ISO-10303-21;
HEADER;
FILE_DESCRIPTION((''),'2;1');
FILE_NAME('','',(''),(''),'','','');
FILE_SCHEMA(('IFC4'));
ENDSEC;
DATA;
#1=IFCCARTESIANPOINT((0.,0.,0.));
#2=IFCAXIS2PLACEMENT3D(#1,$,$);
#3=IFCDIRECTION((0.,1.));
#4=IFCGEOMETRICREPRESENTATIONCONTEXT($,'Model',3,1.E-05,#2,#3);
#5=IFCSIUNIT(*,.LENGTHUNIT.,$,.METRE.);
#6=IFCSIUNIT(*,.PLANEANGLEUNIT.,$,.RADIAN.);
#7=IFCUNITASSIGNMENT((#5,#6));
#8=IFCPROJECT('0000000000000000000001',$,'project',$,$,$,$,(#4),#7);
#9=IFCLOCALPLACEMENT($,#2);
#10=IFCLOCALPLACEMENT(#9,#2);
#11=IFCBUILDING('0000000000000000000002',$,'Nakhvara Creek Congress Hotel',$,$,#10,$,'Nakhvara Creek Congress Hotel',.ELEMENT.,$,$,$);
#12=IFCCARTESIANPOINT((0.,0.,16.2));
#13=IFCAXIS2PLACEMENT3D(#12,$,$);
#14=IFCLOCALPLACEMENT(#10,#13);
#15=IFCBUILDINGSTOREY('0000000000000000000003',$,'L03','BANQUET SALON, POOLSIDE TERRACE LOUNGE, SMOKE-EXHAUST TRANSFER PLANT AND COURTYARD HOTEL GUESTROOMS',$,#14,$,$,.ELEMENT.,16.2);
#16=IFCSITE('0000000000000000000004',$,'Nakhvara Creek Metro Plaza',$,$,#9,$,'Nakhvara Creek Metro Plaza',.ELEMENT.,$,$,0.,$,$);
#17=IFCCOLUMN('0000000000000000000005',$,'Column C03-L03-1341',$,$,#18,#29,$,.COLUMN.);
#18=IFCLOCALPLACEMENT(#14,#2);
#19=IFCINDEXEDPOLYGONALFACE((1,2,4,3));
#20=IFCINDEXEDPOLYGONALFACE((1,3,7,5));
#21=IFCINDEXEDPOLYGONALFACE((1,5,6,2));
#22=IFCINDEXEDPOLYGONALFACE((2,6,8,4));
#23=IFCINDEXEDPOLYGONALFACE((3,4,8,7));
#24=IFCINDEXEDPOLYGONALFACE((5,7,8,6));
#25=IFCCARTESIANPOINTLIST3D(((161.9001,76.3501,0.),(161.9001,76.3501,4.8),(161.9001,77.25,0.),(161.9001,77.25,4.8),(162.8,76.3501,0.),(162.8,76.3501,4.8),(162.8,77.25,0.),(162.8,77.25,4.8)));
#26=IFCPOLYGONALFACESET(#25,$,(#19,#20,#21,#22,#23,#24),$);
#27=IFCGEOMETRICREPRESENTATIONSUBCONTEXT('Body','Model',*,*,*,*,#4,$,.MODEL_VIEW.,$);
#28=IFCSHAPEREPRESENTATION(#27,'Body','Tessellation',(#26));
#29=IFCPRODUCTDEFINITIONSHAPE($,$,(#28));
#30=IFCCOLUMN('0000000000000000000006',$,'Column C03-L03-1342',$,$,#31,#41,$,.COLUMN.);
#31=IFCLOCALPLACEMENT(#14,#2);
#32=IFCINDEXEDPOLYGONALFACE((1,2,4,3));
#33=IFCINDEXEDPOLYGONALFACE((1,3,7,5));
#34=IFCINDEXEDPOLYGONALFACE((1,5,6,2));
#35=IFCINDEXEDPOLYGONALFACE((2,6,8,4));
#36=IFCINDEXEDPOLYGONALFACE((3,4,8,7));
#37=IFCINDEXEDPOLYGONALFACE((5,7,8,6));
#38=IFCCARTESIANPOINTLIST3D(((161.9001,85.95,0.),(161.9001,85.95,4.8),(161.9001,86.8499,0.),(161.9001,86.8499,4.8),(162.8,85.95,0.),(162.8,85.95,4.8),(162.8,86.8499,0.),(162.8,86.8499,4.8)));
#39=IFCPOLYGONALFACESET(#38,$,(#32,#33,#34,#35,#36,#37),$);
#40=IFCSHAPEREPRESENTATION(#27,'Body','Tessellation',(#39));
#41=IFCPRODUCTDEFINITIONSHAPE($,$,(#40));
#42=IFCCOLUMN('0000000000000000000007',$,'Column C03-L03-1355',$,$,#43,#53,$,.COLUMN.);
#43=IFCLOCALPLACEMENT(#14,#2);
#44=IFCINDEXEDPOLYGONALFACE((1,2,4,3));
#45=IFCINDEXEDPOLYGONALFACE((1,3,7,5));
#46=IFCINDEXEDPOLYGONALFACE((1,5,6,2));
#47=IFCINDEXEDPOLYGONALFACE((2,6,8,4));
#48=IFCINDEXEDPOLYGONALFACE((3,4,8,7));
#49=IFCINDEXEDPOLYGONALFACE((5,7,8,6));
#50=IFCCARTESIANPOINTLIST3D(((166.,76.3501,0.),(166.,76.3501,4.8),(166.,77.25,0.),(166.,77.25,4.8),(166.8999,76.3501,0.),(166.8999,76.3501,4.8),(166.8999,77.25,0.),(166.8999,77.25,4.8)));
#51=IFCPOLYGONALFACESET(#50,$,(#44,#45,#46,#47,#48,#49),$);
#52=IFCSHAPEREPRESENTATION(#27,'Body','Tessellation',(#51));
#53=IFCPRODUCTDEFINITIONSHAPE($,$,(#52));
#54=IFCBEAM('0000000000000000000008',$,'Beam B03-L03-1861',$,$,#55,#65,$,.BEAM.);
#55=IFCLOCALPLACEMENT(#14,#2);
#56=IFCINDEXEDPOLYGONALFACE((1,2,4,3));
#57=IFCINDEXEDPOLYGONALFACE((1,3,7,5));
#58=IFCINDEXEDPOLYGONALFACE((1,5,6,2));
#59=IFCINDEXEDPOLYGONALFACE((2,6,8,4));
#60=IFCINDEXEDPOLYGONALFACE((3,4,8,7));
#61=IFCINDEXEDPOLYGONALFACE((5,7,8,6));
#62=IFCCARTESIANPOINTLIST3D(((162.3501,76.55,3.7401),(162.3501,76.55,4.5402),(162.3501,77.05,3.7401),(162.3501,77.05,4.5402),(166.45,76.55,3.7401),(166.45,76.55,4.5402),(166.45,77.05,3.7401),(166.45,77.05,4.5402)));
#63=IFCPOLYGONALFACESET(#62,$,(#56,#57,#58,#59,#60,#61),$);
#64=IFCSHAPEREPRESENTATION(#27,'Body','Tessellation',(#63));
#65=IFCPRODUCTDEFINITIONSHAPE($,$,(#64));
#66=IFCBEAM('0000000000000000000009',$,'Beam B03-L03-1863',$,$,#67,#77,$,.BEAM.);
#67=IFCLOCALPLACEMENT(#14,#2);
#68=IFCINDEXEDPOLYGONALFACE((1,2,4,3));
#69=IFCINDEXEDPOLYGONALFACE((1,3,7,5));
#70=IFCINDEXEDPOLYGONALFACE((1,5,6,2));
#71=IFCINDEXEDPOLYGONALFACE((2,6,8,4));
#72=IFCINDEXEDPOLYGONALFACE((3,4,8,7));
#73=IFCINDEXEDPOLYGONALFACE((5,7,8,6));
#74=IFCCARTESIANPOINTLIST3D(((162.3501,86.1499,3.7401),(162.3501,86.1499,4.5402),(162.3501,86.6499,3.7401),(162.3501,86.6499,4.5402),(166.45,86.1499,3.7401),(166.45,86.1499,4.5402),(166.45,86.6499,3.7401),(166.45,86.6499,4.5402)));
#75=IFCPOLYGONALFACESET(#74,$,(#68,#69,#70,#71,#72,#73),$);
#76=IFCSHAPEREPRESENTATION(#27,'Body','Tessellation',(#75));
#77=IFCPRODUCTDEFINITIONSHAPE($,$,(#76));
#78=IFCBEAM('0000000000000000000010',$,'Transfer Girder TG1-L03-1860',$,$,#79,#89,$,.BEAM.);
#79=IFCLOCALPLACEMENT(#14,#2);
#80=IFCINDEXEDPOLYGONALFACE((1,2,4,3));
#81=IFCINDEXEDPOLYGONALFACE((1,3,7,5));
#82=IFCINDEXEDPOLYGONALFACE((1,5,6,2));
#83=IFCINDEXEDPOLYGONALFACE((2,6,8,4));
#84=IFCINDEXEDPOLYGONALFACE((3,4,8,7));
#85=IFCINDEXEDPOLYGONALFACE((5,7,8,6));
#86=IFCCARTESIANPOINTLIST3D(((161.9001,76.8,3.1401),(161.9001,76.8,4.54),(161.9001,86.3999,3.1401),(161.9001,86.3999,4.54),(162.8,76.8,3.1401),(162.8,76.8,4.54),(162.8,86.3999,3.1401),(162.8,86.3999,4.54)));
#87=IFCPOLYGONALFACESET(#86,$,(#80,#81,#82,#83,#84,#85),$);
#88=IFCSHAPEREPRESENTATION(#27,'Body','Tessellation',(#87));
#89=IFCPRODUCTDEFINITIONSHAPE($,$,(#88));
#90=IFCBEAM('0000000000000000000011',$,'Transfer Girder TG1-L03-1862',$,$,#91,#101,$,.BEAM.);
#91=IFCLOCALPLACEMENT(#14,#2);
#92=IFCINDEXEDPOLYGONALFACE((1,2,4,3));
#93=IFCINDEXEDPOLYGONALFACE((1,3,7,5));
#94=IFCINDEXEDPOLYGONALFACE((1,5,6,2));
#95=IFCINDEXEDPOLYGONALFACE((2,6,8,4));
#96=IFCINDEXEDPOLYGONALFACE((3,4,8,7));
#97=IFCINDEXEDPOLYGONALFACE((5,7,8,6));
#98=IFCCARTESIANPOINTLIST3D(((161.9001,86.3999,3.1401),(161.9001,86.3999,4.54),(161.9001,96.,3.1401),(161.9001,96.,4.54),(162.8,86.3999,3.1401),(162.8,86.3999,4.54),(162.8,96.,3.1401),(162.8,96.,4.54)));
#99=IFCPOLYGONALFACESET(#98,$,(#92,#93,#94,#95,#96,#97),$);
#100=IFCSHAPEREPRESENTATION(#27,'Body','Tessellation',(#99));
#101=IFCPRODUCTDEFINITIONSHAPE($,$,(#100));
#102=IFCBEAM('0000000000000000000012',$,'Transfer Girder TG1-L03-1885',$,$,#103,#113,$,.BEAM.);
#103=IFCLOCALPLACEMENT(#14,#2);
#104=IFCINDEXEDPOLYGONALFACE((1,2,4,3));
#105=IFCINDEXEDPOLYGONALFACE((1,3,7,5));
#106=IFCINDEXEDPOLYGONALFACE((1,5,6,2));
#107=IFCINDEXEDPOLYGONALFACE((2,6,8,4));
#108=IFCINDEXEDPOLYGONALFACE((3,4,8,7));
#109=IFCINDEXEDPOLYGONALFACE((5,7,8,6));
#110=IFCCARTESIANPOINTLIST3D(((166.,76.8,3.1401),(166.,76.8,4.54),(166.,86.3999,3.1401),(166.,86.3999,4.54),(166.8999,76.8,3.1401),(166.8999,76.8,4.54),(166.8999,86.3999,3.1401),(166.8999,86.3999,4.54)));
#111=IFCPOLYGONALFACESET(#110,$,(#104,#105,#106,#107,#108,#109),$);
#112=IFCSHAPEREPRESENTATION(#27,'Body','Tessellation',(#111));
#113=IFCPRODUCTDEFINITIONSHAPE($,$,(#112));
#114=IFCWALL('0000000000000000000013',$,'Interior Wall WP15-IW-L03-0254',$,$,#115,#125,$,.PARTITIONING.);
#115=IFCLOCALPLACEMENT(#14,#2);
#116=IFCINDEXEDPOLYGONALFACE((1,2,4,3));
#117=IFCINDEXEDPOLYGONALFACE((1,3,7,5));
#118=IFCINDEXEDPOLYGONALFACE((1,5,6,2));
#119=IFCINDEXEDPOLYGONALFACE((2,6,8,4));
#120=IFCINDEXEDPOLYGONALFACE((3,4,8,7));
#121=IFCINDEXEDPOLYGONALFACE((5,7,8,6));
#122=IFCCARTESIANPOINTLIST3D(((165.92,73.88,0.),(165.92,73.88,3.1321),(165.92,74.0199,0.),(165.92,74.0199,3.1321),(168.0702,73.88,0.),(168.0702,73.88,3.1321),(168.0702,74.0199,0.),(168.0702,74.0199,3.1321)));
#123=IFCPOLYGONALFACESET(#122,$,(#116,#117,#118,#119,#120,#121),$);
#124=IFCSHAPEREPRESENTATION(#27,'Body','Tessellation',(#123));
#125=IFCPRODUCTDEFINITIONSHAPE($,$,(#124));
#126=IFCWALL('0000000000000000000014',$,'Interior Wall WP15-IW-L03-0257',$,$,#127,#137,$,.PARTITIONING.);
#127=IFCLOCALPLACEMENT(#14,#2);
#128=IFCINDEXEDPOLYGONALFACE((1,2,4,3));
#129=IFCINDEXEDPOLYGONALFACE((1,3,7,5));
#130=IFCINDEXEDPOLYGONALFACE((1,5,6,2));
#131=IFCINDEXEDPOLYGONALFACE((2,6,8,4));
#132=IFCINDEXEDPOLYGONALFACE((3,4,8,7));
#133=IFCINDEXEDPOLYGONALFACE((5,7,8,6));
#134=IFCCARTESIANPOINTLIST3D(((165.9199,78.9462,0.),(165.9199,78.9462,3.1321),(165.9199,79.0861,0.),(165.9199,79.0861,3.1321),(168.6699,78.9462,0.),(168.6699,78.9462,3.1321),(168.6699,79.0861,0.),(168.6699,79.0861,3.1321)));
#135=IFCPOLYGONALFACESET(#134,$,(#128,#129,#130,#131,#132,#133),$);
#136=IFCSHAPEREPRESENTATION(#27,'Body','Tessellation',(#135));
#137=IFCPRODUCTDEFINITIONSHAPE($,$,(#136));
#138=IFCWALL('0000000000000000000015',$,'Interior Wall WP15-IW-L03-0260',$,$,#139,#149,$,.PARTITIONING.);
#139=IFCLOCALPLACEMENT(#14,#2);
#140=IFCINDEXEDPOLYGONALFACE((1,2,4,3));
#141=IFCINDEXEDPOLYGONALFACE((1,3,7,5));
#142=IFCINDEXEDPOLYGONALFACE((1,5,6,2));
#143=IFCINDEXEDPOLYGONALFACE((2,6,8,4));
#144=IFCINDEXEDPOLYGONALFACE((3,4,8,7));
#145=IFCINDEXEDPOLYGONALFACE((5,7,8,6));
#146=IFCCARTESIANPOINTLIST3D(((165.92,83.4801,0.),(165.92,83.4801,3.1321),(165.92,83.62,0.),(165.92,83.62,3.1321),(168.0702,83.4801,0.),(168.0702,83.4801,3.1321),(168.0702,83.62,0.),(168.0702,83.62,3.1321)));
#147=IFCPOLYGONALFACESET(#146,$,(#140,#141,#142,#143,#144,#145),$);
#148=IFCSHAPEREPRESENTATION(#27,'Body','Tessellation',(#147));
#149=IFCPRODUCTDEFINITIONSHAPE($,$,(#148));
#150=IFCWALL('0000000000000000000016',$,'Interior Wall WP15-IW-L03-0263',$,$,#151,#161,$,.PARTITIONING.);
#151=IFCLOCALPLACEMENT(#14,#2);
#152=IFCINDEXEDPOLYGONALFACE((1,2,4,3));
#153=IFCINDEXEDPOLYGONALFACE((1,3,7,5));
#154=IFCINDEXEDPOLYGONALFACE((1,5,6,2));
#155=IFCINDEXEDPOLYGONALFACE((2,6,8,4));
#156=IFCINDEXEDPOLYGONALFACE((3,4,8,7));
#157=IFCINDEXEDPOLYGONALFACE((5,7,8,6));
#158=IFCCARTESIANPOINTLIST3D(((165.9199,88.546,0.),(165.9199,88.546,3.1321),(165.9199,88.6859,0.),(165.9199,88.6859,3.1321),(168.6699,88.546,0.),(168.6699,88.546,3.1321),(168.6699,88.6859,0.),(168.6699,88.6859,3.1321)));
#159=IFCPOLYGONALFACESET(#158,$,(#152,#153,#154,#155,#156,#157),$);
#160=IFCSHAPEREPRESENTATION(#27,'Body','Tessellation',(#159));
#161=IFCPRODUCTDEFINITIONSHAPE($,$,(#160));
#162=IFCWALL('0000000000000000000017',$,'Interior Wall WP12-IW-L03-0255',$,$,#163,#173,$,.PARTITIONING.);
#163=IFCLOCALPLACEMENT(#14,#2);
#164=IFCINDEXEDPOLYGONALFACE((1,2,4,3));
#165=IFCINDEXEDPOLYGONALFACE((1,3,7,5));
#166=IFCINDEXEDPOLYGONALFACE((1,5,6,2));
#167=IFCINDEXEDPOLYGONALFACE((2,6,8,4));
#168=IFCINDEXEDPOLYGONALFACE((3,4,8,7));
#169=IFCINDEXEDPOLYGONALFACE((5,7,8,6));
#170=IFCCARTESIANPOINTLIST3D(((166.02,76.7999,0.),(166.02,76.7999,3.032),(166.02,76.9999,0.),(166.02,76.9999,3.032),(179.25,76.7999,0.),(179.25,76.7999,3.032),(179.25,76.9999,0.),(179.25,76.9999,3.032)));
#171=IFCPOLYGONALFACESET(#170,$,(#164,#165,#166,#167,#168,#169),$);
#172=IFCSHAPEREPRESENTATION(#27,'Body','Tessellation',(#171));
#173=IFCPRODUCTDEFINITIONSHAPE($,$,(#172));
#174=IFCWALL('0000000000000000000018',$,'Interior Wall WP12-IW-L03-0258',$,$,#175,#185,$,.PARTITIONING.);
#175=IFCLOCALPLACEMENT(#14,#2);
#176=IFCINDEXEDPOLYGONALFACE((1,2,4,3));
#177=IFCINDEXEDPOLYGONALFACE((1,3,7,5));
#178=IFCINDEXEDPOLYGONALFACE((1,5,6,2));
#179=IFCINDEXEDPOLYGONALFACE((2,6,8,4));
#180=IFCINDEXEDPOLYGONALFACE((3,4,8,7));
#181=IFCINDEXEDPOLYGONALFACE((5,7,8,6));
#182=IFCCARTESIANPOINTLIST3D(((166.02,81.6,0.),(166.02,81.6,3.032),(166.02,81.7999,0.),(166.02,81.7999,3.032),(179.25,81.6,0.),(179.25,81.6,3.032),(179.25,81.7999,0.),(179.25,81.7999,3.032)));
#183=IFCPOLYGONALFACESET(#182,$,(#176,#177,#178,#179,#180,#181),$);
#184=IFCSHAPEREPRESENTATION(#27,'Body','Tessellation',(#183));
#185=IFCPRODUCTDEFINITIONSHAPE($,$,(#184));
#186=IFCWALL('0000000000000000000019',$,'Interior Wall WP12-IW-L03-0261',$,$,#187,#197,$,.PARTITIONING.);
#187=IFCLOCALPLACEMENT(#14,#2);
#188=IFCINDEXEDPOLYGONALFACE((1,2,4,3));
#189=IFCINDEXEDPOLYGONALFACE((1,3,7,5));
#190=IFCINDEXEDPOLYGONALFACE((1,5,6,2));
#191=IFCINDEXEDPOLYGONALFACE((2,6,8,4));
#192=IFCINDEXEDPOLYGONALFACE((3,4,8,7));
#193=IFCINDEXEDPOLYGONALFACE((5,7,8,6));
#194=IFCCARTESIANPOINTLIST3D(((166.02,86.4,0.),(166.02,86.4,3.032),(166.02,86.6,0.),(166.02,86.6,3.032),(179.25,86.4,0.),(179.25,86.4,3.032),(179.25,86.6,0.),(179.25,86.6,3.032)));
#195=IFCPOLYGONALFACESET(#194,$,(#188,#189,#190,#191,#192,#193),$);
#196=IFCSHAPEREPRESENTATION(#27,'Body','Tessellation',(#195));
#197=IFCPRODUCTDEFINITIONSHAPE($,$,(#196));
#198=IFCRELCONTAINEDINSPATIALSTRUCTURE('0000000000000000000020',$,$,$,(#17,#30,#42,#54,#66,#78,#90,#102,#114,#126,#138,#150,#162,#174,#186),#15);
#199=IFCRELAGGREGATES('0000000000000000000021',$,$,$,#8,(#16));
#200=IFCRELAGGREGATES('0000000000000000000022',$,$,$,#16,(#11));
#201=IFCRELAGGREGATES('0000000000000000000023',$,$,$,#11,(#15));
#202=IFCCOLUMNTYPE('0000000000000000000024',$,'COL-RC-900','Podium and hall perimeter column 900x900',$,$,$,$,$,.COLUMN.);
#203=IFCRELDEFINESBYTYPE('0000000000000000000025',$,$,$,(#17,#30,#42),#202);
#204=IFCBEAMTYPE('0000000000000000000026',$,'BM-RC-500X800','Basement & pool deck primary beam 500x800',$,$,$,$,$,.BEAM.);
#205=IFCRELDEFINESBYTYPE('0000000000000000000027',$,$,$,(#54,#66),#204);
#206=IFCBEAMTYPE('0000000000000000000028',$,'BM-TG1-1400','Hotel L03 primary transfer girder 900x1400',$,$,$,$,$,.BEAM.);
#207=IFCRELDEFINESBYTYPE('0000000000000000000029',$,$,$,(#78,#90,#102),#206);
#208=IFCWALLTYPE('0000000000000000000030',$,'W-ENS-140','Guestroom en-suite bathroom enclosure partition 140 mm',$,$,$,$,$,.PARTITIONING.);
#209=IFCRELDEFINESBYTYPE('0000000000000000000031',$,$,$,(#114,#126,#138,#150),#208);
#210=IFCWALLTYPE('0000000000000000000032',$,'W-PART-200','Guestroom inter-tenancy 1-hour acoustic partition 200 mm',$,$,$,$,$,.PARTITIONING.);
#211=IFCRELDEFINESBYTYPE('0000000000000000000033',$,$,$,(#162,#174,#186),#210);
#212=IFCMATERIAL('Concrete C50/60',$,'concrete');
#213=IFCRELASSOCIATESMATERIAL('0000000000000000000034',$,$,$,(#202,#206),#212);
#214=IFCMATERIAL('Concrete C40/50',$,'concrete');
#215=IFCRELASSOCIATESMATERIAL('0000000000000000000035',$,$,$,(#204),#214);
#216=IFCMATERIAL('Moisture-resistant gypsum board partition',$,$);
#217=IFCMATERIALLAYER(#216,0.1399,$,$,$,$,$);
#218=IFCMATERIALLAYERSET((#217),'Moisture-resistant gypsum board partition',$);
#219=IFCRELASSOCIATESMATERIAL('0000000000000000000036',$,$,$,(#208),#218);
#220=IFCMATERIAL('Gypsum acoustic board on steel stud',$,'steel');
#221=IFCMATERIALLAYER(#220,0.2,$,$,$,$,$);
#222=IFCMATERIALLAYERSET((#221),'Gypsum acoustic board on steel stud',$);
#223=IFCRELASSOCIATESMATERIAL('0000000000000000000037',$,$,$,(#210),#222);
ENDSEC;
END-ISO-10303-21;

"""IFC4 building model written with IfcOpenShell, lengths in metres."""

from ifc_helpers import new_model, si_unit, direction, frame, frame_2d, origin, origin_2d, place, context, subcontext, project, spatial, rectangle, extrude, material, layer, layer_set, material_profile, profile_set, type_object, element, save


model = new_model("IFC4")

# Units and contexts
model_context = context("Model", 3, precision=1e-05, world=origin(), true_north=direction((0.0, 1.0)))
body_context = subcontext(model_context, "Body", "Model", "MODEL_VIEW")
ifc_project = project(units=[si_unit("LENGTHUNIT", "METRE"), si_unit("PLANEANGLEUNIT", "RADIAN")], contexts=[model_context])

# Site, building, storey
site_placement = place(None, origin())
site = spatial("IfcSite", under=ifc_project, at=site_placement, Name="Nakhvara Creek Metro Plaza", LongName="Nakhvara Creek Metro Plaza", CompositionType="ELEMENT", RefElevation=0.0)
building_placement = place(site_placement, origin())
building = spatial("IfcBuilding", under=site, at=building_placement, Name="Nakhvara Creek Congress Hotel", LongName="Nakhvara Creek Congress Hotel", CompositionType="ELEMENT")
storey_placement = place(building_placement, frame((0.0, 0.0, 16.2)))
storey = spatial("IfcBuildingStorey", under=building, at=storey_placement, Name="L03", Description="BANQUET SALON, POOLSIDE TERRACE LOUNGE, SMOKE-EXHAUST TRANSFER PLANT AND COURTYARD HOTEL GUESTROOMS", CompositionType="ELEMENT", Elevation=16.2)

# Columns
ifc_material_1 = material(Name="Concrete C50/60", Category="concrete")
ifc_material_profile_1 = material_profile(ifc_material_1, rectangle(XDim=0.8999, YDim=0.8999, at=origin_2d()), Name="RC-COL 900x900", Category="LoadBearing")
ifc_profile_set_1 = profile_set([ifc_material_profile_1], Name="Concrete C50/60")
column_type = type_object("IfcColumnType", Name="COL-RC-900", Description="Podium and hall perimeter column 900x900", PredefinedType="COLUMN", material=ifc_profile_set_1)
for number, where, z_axis, x_axis, name in (
    (1, (162.3501, 76.8, 0.0), (0.0, 0.0, 1.0), (1.0, 0.0, 0.0), "Column C03-L03-1341"),
    (2, (162.3501, 86.3999, 0.0), (0.0, 0.0, 1.0), (1.0, 0.0, 0.0), "Column C03-L03-1342"),
    (3, (166.45, 76.8, 0.0), (0.0, 0.0, 1.0), (1.0, 0.0, 0.0), "Column C03-L03-1355"),
):
    element("IfcColumn", number, at=place(storey_placement, frame(where, z_axis=z_axis, x_axis=x_axis)), inside=storey, type_object=column_type, Name=name, PredefinedType="COLUMN", context=body_context, shape_type="SweptSolid", body=[
        extrude(rectangle(XDim=0.8999, YDim=0.8999, at=origin_2d()), origin(), (0.0, 0.0, 1.0), 4.8),
    ])

# Beams
ifc_material_2 = material(Name="Concrete C40/50", Category="concrete")
ifc_material_profile_2 = material_profile(ifc_material_2, rectangle(XDim=0.5, YDim=0.8, at=origin_2d()), Name="RC-BM 500x800", Category="LoadBearing")
ifc_profile_set_2 = profile_set([ifc_material_profile_2], Name="Concrete C40/50")
beam_type_1 = type_object("IfcBeamType", Name="BM-RC-500X800", Description="Basement & pool deck primary beam 500x800", PredefinedType="BEAM", material=ifc_profile_set_2)
for number, where, z_axis, x_axis, name in (
    (4, (162.3501, 76.8, 4.1401), (1.0, 0.0, 0.0), (0.0, 1.0, 0.0), "Beam B03-L03-1861"),
    (5, (162.3501, 86.3999, 4.1401), (1.0, 0.0, 0.0), (0.0, 1.0, 0.0), "Beam B03-L03-1863"),
):
    element("IfcBeam", number, at=place(storey_placement, frame(where, z_axis=z_axis, x_axis=x_axis)), inside=storey, type_object=beam_type_1, Name=name, PredefinedType="BEAM", context=body_context, shape_type="SweptSolid", body=[
        extrude(rectangle(XDim=0.5, YDim=0.8, at=origin_2d()), origin(), (0.0, 0.0, 1.0), 4.0999),
    ])
ifc_material_profile_3 = material_profile(ifc_material_1, rectangle(XDim=0.8999, YDim=1.3999, at=origin_2d()), Name="RC-TG 900x1400", Category="LoadBearing")
ifc_profile_set_3 = profile_set([ifc_material_profile_3], Name="Concrete C50/60")
beam_type_2 = type_object("IfcBeamType", Name="BM-TG1-1400", Description="Hotel L03 primary transfer girder 900x1400", PredefinedType="BEAM", material=ifc_profile_set_3)
beam_1_placement = place(storey_placement, frame((162.3501, 76.8, 3.8401), z_axis=(0.0, 1.0, 0.0), x_axis=(-1.0, 0.0, 0.0)))
element("IfcBeam", 6, at=beam_1_placement, inside=storey, type_object=beam_type_2, Name="Transfer Girder TG1-L03-1860", PredefinedType="BEAM", context=body_context, shape_type="SweptSolid", body=[
    extrude(rectangle(XDim=0.8999, YDim=1.3999, at=origin_2d()), origin(), (0.0, 0.0, 1.0), 9.5999),
])
beam_2_placement = place(storey_placement, frame((162.3501, 86.3999, 3.8401), z_axis=(0.0, 1.0, 0.0), x_axis=(-1.0, 0.0, 0.0)))
element("IfcBeam", 7, at=beam_2_placement, inside=storey, type_object=beam_type_2, Name="Transfer Girder TG1-L03-1862", PredefinedType="BEAM", context=body_context, shape_type="SweptSolid", body=[
    extrude(rectangle(XDim=0.8999, YDim=1.3999, at=origin_2d()), origin(), (0.0, 0.0, 1.0), 9.6001),
])
beam_3_placement = place(storey_placement, frame((166.45, 76.8, 3.8401), z_axis=(0.0, 1.0, 0.0), x_axis=(-1.0, 0.0, 0.0)))
element("IfcBeam", 8, at=beam_3_placement, inside=storey, type_object=beam_type_2, Name="Transfer Girder TG1-L03-1885", PredefinedType="BEAM", context=body_context, shape_type="SweptSolid", body=[
    extrude(rectangle(XDim=0.8999, YDim=1.3999, at=origin_2d()), origin(), (0.0, 0.0, 1.0), 9.5999),
])

# Walls
ifc_material_3 = material(Name="Moisture-resistant gypsum board partition")
ifc_layer_1 = layer(ifc_material_3, 0.1399)
ifc_layer_set_1 = layer_set([ifc_layer_1], Name="Moisture-resistant gypsum board partition")
wall_type_1 = type_object("IfcWallType", Name="W-ENS-140", Description="Guestroom en-suite bathroom enclosure partition 140 mm", PredefinedType="PARTITIONING", material=ifc_layer_set_1)
wall_1_placement = place(storey_placement, frame((165.9199, 73.95, 0.0), z_axis=(0.0, 0.0, 1.0), x_axis=(1.0, 0.0, 0.0)))
element("IfcWall", 9, at=wall_1_placement, inside=storey, type_object=wall_type_1, Name="Interior Wall WP15-IW-L03-0254", PredefinedType="PARTITIONING", context=body_context, shape_type="SweptSolid", body=[
    extrude(rectangle(XDim=2.1501, YDim=0.1399, at=frame_2d((1.0752, 0.0))), origin(), (0.0, 0.0, 1.0), 3.1321),
])
wall_2_placement = place(storey_placement, frame((165.9199, 79.0161, 0.0), z_axis=(0.0, 0.0, 1.0), x_axis=(1.0, 0.0, 0.0)))
element("IfcWall", 10, at=wall_2_placement, inside=storey, type_object=wall_type_1, Name="Interior Wall WP15-IW-L03-0257", PredefinedType="PARTITIONING", context=body_context, shape_type="SweptSolid", body=[
    extrude(rectangle(XDim=2.75, YDim=0.1399, at=frame_2d((1.375, 0.0))), origin(), (0.0, 0.0, 1.0), 3.1321),
])
wall_3_placement = place(storey_placement, frame((165.9199, 83.55, 0.0), z_axis=(0.0, 0.0, 1.0), x_axis=(1.0, 0.0, 0.0)))
element("IfcWall", 11, at=wall_3_placement, inside=storey, type_object=wall_type_1, Name="Interior Wall WP15-IW-L03-0260", PredefinedType="PARTITIONING", context=body_context, shape_type="SweptSolid", body=[
    extrude(rectangle(XDim=2.1501, YDim=0.1399, at=frame_2d((1.0752, 0.0))), origin(), (0.0, 0.0, 1.0), 3.1321),
])
wall_4_placement = place(storey_placement, frame((165.9199, 88.616, 0.0), z_axis=(0.0, 0.0, 1.0), x_axis=(1.0, 0.0, 0.0)))
element("IfcWall", 12, at=wall_4_placement, inside=storey, type_object=wall_type_1, Name="Interior Wall WP15-IW-L03-0263", PredefinedType="PARTITIONING", context=body_context, shape_type="SweptSolid", body=[
    extrude(rectangle(XDim=2.75, YDim=0.1399, at=frame_2d((1.375, 0.0))), origin(), (0.0, 0.0, 1.0), 3.1321),
])

# Walls
ifc_material_4 = material(Name="Gypsum acoustic board on steel stud", Category="steel")
ifc_layer_2 = layer(ifc_material_4, 0.2)
ifc_layer_set_2 = layer_set([ifc_layer_2], Name="Gypsum acoustic board on steel stud")
wall_type_2 = type_object("IfcWallType", Name="W-PART-200", Description="Guestroom inter-tenancy 1-hour acoustic partition 200 mm", PredefinedType="PARTITIONING", material=ifc_layer_set_2)
for number, where, z_axis, x_axis, name in (
    (13, (166.02, 76.8999, 0.0), (0.0, 0.0, 1.0), (1.0, 0.0, 0.0), "Interior Wall WP12-IW-L03-0255"),
    (14, (166.02, 81.7, 0.0), (0.0, 0.0, 1.0), (1.0, 0.0, 0.0), "Interior Wall WP12-IW-L03-0258"),
    (15, (166.02, 86.5, 0.0), (0.0, 0.0, 1.0), (1.0, 0.0, 0.0), "Interior Wall WP12-IW-L03-0261"),
):
    element("IfcWall", number, at=place(storey_placement, frame(where, z_axis=z_axis, x_axis=x_axis)), inside=storey, type_object=wall_type_2, Name=name, PredefinedType="PARTITIONING", context=body_context, shape_type="SweptSolid", body=[
        extrude(rectangle(XDim=13.23, YDim=0.2, at=frame_2d((6.615, 0.0))), origin(), (0.0, 0.0, 1.0), 3.032),
    ])

save(model, "model.ifc")
